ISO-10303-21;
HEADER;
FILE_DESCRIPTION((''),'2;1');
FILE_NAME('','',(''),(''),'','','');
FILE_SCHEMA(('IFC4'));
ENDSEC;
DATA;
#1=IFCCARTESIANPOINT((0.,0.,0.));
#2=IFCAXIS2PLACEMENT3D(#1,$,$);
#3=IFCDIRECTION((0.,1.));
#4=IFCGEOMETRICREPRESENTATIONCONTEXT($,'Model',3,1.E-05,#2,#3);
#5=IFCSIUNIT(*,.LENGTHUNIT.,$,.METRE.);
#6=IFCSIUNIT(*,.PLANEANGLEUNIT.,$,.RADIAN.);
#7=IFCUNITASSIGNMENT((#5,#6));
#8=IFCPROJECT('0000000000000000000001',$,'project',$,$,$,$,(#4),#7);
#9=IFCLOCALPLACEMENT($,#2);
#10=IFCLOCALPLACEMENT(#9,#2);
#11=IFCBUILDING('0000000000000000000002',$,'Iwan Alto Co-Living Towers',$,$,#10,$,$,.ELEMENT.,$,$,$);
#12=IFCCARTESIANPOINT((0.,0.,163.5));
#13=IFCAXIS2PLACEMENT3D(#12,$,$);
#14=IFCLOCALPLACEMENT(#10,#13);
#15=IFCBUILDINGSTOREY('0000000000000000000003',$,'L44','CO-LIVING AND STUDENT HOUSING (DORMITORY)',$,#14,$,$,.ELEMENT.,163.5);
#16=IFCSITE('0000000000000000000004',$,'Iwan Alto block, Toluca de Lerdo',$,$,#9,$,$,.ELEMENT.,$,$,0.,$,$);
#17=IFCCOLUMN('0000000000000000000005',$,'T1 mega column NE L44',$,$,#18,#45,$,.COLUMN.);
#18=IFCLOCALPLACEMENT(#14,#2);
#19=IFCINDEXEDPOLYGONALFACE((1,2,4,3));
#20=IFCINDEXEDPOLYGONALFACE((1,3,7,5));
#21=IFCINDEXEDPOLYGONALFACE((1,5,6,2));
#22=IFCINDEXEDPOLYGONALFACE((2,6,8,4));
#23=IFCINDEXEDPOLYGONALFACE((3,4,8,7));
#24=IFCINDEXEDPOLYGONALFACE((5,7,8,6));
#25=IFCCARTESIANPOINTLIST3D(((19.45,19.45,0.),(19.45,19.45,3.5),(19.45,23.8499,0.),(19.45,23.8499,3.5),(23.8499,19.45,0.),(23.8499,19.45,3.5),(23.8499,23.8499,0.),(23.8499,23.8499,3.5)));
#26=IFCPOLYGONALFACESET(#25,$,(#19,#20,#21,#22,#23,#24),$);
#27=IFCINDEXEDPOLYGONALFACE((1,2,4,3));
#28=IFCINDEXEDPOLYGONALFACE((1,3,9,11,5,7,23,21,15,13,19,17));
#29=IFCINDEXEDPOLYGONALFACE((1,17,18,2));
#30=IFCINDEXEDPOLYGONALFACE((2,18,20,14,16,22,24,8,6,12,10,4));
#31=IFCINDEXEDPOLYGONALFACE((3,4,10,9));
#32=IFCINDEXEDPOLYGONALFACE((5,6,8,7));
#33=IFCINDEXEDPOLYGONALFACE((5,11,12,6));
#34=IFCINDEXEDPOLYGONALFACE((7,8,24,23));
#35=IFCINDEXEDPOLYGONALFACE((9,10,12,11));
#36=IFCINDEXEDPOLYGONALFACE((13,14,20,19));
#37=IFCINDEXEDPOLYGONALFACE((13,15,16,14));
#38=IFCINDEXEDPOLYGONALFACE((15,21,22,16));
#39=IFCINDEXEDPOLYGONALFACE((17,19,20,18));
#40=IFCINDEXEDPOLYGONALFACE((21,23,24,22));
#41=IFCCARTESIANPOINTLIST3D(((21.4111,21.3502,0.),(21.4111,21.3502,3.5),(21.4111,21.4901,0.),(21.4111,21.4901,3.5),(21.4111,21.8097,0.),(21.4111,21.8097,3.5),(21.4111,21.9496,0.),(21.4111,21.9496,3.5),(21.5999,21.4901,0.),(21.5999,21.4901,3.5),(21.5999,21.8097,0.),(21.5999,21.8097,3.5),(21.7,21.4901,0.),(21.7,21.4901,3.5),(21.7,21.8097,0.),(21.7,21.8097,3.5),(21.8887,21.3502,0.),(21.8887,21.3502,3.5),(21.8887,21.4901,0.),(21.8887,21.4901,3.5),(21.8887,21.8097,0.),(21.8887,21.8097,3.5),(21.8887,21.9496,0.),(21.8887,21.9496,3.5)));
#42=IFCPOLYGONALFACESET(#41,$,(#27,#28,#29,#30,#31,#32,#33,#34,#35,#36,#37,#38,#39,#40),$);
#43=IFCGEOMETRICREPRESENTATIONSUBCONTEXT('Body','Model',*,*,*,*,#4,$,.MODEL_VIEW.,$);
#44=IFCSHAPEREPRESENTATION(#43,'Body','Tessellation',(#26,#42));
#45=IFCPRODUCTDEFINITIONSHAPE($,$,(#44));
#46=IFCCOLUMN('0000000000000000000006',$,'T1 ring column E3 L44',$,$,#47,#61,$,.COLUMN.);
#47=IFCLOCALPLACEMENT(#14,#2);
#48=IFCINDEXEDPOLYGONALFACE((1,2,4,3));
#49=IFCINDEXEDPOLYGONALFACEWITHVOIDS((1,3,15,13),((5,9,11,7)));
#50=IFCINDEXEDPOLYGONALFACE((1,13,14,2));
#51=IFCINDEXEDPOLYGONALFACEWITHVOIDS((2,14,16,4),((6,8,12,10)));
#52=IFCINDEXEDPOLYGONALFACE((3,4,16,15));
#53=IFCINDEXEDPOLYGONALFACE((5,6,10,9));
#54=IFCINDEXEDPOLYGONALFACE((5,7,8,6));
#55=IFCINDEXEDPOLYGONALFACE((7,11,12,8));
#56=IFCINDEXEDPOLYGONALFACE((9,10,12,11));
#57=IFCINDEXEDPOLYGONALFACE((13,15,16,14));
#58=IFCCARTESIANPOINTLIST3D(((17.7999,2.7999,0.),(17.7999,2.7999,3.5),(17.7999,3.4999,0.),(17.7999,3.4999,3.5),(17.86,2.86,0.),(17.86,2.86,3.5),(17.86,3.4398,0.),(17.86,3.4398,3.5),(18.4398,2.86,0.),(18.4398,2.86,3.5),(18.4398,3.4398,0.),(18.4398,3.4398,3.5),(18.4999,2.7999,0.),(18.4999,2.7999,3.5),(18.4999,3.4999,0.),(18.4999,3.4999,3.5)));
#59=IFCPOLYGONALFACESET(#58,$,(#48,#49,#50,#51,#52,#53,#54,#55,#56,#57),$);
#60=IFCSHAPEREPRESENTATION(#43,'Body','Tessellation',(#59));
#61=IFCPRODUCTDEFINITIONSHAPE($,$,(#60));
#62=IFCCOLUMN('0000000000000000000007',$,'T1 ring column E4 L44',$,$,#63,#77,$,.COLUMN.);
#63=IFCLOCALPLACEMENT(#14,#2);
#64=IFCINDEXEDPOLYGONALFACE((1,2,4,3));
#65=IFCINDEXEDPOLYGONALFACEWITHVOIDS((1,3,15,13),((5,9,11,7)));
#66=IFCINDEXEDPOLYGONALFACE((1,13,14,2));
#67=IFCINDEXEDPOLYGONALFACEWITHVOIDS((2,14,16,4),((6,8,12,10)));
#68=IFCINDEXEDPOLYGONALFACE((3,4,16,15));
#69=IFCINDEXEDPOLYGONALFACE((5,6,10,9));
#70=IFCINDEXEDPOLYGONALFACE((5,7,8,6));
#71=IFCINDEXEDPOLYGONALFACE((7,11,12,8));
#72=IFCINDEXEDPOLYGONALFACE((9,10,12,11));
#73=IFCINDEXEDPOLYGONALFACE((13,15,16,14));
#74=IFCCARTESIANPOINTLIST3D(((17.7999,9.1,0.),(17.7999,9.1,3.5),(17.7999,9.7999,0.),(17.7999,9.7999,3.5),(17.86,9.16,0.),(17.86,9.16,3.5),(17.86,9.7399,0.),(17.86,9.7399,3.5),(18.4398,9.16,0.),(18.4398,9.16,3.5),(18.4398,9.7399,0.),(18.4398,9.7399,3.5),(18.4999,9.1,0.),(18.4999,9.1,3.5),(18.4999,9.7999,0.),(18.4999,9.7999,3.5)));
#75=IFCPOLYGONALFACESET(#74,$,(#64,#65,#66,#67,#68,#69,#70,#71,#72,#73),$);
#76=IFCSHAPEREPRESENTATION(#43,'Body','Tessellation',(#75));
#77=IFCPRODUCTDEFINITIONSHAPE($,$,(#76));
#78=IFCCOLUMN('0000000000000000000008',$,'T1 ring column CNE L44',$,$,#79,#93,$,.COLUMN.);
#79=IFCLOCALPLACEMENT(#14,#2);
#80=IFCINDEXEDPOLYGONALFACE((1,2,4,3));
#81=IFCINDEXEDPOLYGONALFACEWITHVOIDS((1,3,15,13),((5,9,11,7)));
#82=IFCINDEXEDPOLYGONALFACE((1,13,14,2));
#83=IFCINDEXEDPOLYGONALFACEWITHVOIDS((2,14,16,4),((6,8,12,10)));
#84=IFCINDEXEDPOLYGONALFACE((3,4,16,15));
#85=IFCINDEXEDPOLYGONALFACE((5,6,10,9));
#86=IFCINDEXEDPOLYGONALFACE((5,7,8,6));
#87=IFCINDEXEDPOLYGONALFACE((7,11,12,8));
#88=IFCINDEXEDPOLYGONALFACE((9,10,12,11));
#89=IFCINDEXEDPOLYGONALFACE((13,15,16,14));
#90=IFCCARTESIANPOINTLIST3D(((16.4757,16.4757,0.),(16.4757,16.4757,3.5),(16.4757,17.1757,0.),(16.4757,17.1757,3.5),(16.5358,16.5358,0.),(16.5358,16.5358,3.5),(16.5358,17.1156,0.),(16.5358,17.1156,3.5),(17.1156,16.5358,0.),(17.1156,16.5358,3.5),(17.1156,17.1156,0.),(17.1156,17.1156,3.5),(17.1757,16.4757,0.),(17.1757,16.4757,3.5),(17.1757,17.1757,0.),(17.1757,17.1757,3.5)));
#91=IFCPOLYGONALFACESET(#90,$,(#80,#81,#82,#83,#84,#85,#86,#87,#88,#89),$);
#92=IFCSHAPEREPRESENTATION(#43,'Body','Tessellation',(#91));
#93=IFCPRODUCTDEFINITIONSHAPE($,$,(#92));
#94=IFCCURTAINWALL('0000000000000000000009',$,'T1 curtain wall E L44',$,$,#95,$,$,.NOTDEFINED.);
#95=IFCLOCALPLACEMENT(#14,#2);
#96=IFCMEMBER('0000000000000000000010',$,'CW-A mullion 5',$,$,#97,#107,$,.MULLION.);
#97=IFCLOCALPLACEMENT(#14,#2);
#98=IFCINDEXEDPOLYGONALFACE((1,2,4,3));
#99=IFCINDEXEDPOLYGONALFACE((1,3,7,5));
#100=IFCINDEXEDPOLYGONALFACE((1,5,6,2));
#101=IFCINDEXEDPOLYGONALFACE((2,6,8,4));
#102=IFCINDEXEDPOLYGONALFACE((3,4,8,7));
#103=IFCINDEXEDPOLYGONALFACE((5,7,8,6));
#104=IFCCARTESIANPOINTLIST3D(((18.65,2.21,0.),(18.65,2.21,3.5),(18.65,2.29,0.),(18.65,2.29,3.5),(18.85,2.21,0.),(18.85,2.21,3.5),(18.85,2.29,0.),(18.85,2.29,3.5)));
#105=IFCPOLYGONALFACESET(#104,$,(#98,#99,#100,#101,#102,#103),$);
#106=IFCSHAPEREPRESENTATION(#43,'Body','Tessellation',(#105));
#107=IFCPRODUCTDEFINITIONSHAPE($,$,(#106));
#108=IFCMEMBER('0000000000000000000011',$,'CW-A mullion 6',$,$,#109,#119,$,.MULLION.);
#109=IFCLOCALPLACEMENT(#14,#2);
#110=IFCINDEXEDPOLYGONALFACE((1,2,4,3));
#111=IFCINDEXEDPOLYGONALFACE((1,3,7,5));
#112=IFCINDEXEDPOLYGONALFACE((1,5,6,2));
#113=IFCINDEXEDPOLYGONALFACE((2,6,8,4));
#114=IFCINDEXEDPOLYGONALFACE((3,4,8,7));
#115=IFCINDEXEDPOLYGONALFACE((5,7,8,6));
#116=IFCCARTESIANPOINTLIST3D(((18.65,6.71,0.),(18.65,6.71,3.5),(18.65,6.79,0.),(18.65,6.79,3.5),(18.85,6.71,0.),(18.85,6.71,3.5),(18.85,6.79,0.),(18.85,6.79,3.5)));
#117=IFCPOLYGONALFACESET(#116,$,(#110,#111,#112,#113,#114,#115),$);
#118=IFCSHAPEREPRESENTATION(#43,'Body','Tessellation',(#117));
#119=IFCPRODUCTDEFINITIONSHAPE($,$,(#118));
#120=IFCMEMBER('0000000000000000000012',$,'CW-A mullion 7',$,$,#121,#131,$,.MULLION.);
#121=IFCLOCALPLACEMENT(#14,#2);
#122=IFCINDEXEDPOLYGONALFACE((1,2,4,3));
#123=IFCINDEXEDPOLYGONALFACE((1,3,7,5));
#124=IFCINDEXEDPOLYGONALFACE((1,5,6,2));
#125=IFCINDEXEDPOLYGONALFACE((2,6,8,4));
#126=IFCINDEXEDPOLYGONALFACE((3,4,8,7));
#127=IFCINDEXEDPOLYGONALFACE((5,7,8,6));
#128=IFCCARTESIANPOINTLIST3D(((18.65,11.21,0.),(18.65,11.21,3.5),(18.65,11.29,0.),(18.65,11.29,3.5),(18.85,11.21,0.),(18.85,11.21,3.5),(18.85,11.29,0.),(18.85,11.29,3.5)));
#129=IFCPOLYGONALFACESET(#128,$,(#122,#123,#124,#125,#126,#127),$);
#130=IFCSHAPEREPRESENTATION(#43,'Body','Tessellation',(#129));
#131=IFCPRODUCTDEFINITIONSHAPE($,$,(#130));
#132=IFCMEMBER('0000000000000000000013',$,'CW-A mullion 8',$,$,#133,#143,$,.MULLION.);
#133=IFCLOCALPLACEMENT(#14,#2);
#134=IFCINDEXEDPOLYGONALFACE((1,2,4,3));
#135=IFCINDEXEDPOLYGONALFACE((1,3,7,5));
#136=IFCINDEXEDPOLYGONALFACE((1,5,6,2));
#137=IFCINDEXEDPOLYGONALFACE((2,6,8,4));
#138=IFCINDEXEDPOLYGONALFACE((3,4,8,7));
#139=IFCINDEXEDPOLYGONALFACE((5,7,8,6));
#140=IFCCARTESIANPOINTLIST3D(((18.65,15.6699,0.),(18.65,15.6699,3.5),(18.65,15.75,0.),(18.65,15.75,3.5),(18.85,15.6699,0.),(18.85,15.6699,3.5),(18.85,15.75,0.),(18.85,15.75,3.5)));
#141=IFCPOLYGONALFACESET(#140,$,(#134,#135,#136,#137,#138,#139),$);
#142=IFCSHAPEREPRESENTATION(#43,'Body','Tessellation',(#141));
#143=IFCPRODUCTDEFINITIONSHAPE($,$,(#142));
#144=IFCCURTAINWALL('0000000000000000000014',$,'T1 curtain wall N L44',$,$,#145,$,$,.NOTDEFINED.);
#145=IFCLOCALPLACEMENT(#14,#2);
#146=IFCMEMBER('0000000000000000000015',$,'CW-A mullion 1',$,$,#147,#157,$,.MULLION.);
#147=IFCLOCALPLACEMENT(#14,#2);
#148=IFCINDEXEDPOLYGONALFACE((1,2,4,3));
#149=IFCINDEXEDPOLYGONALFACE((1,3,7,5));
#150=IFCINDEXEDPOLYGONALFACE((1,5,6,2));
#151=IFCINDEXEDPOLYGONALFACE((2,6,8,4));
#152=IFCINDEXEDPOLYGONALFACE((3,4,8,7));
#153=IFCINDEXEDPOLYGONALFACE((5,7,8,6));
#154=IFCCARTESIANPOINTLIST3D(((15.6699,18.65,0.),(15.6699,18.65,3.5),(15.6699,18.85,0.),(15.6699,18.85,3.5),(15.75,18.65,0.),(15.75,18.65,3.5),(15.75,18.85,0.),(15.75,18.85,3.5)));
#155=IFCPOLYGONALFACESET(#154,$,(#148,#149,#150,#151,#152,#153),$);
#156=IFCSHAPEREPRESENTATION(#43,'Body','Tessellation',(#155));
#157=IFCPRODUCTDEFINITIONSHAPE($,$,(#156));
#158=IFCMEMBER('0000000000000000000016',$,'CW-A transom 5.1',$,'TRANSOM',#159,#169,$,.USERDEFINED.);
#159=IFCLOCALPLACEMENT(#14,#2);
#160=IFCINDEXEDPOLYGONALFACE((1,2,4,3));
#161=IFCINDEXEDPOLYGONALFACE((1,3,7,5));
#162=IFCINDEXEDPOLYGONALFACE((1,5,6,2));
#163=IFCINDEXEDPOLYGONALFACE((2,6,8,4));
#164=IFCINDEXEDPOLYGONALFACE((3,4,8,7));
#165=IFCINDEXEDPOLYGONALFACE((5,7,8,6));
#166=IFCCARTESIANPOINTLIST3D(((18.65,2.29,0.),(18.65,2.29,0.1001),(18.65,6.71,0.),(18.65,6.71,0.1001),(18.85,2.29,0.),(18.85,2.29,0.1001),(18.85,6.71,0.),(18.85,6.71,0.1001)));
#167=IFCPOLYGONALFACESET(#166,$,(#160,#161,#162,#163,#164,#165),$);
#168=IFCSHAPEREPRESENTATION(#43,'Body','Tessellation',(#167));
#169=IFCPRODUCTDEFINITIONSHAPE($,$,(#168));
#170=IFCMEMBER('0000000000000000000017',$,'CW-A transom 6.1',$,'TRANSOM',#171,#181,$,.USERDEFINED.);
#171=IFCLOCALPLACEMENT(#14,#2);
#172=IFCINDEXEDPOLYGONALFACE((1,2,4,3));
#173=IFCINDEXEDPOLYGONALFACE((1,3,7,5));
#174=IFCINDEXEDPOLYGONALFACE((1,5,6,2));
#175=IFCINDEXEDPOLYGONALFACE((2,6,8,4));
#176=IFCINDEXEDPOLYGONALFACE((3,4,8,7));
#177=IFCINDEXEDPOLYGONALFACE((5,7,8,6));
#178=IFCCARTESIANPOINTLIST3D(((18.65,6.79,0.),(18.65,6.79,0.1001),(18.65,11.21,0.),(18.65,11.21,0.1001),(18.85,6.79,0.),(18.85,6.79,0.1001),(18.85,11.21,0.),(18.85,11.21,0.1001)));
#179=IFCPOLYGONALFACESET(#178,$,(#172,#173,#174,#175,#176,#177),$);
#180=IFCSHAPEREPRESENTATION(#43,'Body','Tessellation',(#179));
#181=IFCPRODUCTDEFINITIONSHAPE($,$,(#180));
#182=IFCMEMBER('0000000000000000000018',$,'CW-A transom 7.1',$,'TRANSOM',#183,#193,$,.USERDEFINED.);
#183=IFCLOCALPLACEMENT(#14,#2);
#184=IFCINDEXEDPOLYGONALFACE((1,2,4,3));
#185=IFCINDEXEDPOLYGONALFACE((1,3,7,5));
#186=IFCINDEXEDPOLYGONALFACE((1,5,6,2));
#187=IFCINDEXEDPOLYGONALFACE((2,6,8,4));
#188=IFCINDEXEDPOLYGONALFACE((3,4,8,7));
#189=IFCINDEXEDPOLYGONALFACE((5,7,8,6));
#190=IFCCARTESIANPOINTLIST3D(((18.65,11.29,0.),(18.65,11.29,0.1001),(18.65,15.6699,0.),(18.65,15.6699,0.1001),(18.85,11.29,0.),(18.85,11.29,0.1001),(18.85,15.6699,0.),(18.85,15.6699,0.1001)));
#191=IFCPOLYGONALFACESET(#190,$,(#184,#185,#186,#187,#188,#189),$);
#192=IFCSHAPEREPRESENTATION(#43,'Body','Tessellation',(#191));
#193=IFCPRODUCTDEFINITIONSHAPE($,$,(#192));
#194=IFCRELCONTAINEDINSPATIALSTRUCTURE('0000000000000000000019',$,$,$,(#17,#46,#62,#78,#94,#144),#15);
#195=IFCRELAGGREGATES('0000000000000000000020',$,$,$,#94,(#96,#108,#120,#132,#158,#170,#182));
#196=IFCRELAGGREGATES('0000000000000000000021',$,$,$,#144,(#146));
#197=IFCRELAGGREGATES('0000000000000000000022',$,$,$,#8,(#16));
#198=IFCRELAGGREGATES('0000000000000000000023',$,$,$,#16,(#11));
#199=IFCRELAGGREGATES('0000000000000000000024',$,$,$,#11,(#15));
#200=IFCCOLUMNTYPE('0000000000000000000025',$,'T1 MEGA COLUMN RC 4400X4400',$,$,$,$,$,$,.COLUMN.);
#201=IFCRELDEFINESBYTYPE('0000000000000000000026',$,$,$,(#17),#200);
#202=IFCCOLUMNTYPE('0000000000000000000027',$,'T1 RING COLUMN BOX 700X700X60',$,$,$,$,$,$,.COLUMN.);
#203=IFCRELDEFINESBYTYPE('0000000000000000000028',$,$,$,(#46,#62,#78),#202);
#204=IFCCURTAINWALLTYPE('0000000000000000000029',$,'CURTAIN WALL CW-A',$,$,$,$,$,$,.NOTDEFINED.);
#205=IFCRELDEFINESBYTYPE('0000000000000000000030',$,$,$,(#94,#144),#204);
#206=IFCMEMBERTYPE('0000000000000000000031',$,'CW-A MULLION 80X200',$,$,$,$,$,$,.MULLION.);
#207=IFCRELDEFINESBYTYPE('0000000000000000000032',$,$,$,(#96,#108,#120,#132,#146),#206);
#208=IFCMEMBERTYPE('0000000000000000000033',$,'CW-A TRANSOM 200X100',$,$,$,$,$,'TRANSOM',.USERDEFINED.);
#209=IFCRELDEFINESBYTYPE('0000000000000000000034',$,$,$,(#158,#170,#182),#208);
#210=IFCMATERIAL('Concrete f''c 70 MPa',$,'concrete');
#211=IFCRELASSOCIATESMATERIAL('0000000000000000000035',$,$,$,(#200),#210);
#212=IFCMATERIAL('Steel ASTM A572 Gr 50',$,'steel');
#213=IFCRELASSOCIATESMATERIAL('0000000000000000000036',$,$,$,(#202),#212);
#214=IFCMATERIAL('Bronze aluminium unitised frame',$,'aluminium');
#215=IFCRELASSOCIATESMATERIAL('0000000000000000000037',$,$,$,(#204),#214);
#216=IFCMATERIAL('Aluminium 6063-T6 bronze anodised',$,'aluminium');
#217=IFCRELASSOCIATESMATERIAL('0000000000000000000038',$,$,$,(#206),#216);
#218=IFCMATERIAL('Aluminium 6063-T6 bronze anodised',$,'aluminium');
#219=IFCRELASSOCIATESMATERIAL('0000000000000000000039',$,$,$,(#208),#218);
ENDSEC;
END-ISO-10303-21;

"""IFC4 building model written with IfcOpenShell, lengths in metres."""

from ifc_helpers import new_model, si_unit, direction, frame, origin, origin_2d, place, context, subcontext, project, spatial, rectangle, hollow_rectangle, i_section, extrude, material, material_profile, profile_set, type_object, element, aggregate, save


model = new_model("IFC4")

# Units and contexts
model_context = context("Model", 3, precision=1e-05, world=origin(), true_north=direction((0.0, 1.0)))
body_context = subcontext(model_context, "Body", "Model", "MODEL_VIEW")
ifc_project = project(units=[si_unit("LENGTHUNIT", "METRE"), si_unit("PLANEANGLEUNIT", "RADIAN")], contexts=[model_context])

# Site, building, storey
site_placement = place(None, origin())
site = spatial("IfcSite", under=ifc_project, at=site_placement, Name="Iwan Alto block, Toluca de Lerdo", CompositionType="ELEMENT", RefElevation=0.0)
building_placement = place(site_placement, origin())
building = spatial("IfcBuilding", under=site, at=building_placement, Name="Iwan Alto Co-Living Towers", CompositionType="ELEMENT")
storey_placement = place(building_placement, frame((0.0, 0.0, 163.5)))
storey = spatial("IfcBuildingStorey", under=building, at=storey_placement, Name="L44", Description="CO-LIVING AND STUDENT HOUSING (DORMITORY)", CompositionType="ELEMENT", Elevation=163.5)

# Columns
ifc_material_1 = material(Name="Concrete f'c 70 MPa", Category="concrete")
ifc_material_profile_1 = material_profile(ifc_material_1, rectangle(XDim=4.3999, YDim=4.3999, at=origin_2d()), Name="RC 4400X4400")
ifc_profile_set_1 = profile_set([ifc_material_profile_1], Name="Concrete f'c 70 MPa")
column_type_1 = type_object("IfcColumnType", Name="T1 MEGA COLUMN RC 4400X4400", PredefinedType="COLUMN", material=ifc_profile_set_1)
column_placement = place(storey_placement, frame((21.6499, 21.6499, 0.0), z_axis=(0.0, 0.0, 1.0), x_axis=(1.0, 0.0, 0.0)))
element("IfcColumn", 1, at=column_placement, inside=storey, type_object=column_type_1, Name="T1 mega column NE L44", PredefinedType="COLUMN", context=body_context, shape_type="SweptSolid", body=[
    extrude(rectangle(XDim=4.3999, YDim=4.3999, at=origin_2d()), origin(), (0.0, 0.0, 1.0), 3.5),
    extrude(i_section(OverallWidth=0.4775, OverallDepth=0.5994, WebThickness=0.1001, FlangeThickness=0.1399, at=origin_2d()), origin(), (0.0, 0.0, 1.0), 3.5),
])
ifc_material_2 = material(Name="Steel ASTM A572 Gr 50", Category="steel")
ifc_material_profile_2 = material_profile(ifc_material_2, hollow_rectangle(XDim=0.7, YDim=0.7, WallThickness=0.0601, at=origin_2d()), Name="BOX 700X700X60")
ifc_profile_set_2 = profile_set([ifc_material_profile_2], Name="Steel ASTM A572 Gr 50")
column_type_2 = type_object("IfcColumnType", Name="T1 RING COLUMN BOX 700X700X60", PredefinedType="COLUMN", material=ifc_profile_set_2)
for number, where, z_axis, x_axis, name in (
    (2, (18.1499, 3.1499, 0.0), (0.0, 0.0, 1.0), (1.0, 0.0, 0.0), "T1 ring column E3 L44"),
    (3, (18.1499, 9.45, 0.0), (0.0, 0.0, 1.0), (1.0, 0.0, 0.0), "T1 ring column E4 L44"),
    (4, (16.8257, 16.8257, 0.0), (0.0, 0.0, 1.0), (1.0, 0.0, 0.0), "T1 ring column CNE L44"),
):
    element("IfcColumn", number, at=place(storey_placement, frame(where, z_axis=z_axis, x_axis=x_axis)), inside=storey, type_object=column_type_2, Name=name, PredefinedType="COLUMN", context=body_context, shape_type="SweptSolid", body=[
        extrude(hollow_rectangle(XDim=0.7, YDim=0.7, WallThickness=0.0601, at=origin_2d()), origin(), (0.0, 0.0, 1.0), 3.5),
    ])

# Curtain wall, members
ifc_material_3 = material(Name="Bronze aluminium unitised frame", Category="aluminium")
curtain_wall_type_1 = type_object("IfcCurtainWallType", Name="CURTAIN WALL CW-A", PredefinedType="NOTDEFINED", material=ifc_material_3)
curtain_wall_1_placement = place(storey_placement, origin())
curtain_wall_1 = element("IfcCurtainWall", 5, at=curtain_wall_1_placement, inside=storey, type_object=curtain_wall_type_1, Name="T1 curtain wall E L44", PredefinedType="NOTDEFINED")
ifc_material_4 = material(Name="Aluminium 6063-T6 bronze anodised", Category="aluminium")
ifc_material_profile_3 = material_profile(ifc_material_4, rectangle(XDim=0.2, YDim=0.0801, at=origin_2d()), Name="AL 80X200")
ifc_profile_set_3 = profile_set([ifc_material_profile_3], Name="Aluminium 6063-T6 bronze anodised")
member_type_1 = type_object("IfcMemberType", Name="CW-A MULLION 80X200", PredefinedType="MULLION", material=ifc_profile_set_3)
member_1_placement = place(storey_placement, frame((18.75, 2.25, 0.0), z_axis=(0.0, 0.0, 1.0), x_axis=(-1.0, 0.0, 0.0)))
member_1 = element("IfcMember", 6, at=member_1_placement, type_object=member_type_1, Name="CW-A mullion 5", PredefinedType="MULLION", context=body_context, shape_type="SweptSolid", body=[
    extrude(rectangle(XDim=0.2, YDim=0.0801, at=origin_2d()), origin(), (0.0, 0.0, 1.0), 3.5),
])
member_2_placement = place(storey_placement, frame((18.75, 6.75, 0.0), z_axis=(0.0, 0.0, 1.0), x_axis=(-1.0, 0.0, 0.0)))
member_2 = element("IfcMember", 7, at=member_2_placement, type_object=member_type_1, Name="CW-A mullion 6", PredefinedType="MULLION", context=body_context, shape_type="SweptSolid", body=[
    extrude(rectangle(XDim=0.2, YDim=0.0801, at=origin_2d()), origin(), (0.0, 0.0, 1.0), 3.5),
])
member_3_placement = place(storey_placement, frame((18.75, 11.25, 0.0), z_axis=(0.0, 0.0, 1.0), x_axis=(-1.0, 0.0, 0.0)))
member_3 = element("IfcMember", 8, at=member_3_placement, type_object=member_type_1, Name="CW-A mullion 7", PredefinedType="MULLION", context=body_context, shape_type="SweptSolid", body=[
    extrude(rectangle(XDim=0.2, YDim=0.0801, at=origin_2d()), origin(), (0.0, 0.0, 1.0), 3.5),
])
member_4_placement = place(storey_placement, frame((18.75, 15.71, 0.0), z_axis=(0.0, 0.0, 1.0), x_axis=(-1.0, 0.0, 0.0)))
member_4 = element("IfcMember", 9, at=member_4_placement, type_object=member_type_1, Name="CW-A mullion 8", PredefinedType="MULLION", context=body_context, shape_type="SweptSolid", body=[
    extrude(rectangle(XDim=0.2, YDim=0.0801, at=origin_2d()), origin(), (0.0, 0.0, 1.0), 3.5),
])

# Curtain wall, member
curtain_wall_2_placement = place(storey_placement, origin())
curtain_wall_2 = element("IfcCurtainWall", 10, at=curtain_wall_2_placement, inside=storey, type_object=curtain_wall_type_1, Name="T1 curtain wall N L44", PredefinedType="NOTDEFINED")
member_5_placement = place(storey_placement, frame((15.71, 18.75, 0.0), z_axis=(0.0, 0.0, 1.0), x_axis=(0.0, -1.0, 0.0)))
member_5 = element("IfcMember", 11, at=member_5_placement, type_object=member_type_1, Name="CW-A mullion 1", PredefinedType="MULLION", context=body_context, shape_type="SweptSolid", body=[
    extrude(rectangle(XDim=0.2, YDim=0.0801, at=origin_2d()), origin(), (0.0, 0.0, 1.0), 3.5),
])

# Members
ifc_material_5 = material(Name="Aluminium 6063-T6 bronze anodised", Category="aluminium")
ifc_material_profile_4 = material_profile(ifc_material_5, rectangle(XDim=0.2, YDim=0.1001, at=origin_2d()), Name="AL 200X100")
ifc_profile_set_4 = profile_set([ifc_material_profile_4], Name="Aluminium 6063-T6 bronze anodised")
member_type_2 = type_object("IfcMemberType", Name="CW-A TRANSOM 200X100", ElementType="TRANSOM", PredefinedType="USERDEFINED", material=ifc_profile_set_4)
member_6_placement = place(storey_placement, frame((18.75, 2.29, 0.05), z_axis=(0.0, 1.0, 0.0), x_axis=(-1.0, 0.0, 0.0)))
member_6 = element("IfcMember", 12, at=member_6_placement, type_object=member_type_2, Name="CW-A transom 5.1", ObjectType="TRANSOM", PredefinedType="USERDEFINED", context=body_context, shape_type="SweptSolid", body=[
    extrude(rectangle(XDim=0.2, YDim=0.1001, at=origin_2d()), origin(), (0.0, 0.0, 1.0), 4.4199),
])
member_7_placement = place(storey_placement, frame((18.75, 6.79, 0.05), z_axis=(0.0, 1.0, 0.0), x_axis=(-1.0, 0.0, 0.0)))
member_7 = element("IfcMember", 13, at=member_7_placement, type_object=member_type_2, Name="CW-A transom 6.1", ObjectType="TRANSOM", PredefinedType="USERDEFINED", context=body_context, shape_type="SweptSolid", body=[
    extrude(rectangle(XDim=0.2, YDim=0.1001, at=origin_2d()), origin(), (0.0, 0.0, 1.0), 4.4199),
])
member_8_placement = place(storey_placement, frame((18.75, 11.29, 0.05), z_axis=(0.0, 1.0, 0.0), x_axis=(-1.0, 0.0, 0.0)))
member_8 = element("IfcMember", 14, at=member_8_placement, type_object=member_type_2, Name="CW-A transom 7.1", ObjectType="TRANSOM", PredefinedType="USERDEFINED", context=body_context, shape_type="SweptSolid", body=[
    extrude(rectangle(XDim=0.2, YDim=0.1001, at=origin_2d()), origin(), (0.0, 0.0, 1.0), 4.3799),
])

aggregate(curtain_wall_1, [member_1, member_2, member_3, member_4, member_6, member_7, member_8])
aggregate(curtain_wall_2, [member_5])

save(model, "model.ifc")
